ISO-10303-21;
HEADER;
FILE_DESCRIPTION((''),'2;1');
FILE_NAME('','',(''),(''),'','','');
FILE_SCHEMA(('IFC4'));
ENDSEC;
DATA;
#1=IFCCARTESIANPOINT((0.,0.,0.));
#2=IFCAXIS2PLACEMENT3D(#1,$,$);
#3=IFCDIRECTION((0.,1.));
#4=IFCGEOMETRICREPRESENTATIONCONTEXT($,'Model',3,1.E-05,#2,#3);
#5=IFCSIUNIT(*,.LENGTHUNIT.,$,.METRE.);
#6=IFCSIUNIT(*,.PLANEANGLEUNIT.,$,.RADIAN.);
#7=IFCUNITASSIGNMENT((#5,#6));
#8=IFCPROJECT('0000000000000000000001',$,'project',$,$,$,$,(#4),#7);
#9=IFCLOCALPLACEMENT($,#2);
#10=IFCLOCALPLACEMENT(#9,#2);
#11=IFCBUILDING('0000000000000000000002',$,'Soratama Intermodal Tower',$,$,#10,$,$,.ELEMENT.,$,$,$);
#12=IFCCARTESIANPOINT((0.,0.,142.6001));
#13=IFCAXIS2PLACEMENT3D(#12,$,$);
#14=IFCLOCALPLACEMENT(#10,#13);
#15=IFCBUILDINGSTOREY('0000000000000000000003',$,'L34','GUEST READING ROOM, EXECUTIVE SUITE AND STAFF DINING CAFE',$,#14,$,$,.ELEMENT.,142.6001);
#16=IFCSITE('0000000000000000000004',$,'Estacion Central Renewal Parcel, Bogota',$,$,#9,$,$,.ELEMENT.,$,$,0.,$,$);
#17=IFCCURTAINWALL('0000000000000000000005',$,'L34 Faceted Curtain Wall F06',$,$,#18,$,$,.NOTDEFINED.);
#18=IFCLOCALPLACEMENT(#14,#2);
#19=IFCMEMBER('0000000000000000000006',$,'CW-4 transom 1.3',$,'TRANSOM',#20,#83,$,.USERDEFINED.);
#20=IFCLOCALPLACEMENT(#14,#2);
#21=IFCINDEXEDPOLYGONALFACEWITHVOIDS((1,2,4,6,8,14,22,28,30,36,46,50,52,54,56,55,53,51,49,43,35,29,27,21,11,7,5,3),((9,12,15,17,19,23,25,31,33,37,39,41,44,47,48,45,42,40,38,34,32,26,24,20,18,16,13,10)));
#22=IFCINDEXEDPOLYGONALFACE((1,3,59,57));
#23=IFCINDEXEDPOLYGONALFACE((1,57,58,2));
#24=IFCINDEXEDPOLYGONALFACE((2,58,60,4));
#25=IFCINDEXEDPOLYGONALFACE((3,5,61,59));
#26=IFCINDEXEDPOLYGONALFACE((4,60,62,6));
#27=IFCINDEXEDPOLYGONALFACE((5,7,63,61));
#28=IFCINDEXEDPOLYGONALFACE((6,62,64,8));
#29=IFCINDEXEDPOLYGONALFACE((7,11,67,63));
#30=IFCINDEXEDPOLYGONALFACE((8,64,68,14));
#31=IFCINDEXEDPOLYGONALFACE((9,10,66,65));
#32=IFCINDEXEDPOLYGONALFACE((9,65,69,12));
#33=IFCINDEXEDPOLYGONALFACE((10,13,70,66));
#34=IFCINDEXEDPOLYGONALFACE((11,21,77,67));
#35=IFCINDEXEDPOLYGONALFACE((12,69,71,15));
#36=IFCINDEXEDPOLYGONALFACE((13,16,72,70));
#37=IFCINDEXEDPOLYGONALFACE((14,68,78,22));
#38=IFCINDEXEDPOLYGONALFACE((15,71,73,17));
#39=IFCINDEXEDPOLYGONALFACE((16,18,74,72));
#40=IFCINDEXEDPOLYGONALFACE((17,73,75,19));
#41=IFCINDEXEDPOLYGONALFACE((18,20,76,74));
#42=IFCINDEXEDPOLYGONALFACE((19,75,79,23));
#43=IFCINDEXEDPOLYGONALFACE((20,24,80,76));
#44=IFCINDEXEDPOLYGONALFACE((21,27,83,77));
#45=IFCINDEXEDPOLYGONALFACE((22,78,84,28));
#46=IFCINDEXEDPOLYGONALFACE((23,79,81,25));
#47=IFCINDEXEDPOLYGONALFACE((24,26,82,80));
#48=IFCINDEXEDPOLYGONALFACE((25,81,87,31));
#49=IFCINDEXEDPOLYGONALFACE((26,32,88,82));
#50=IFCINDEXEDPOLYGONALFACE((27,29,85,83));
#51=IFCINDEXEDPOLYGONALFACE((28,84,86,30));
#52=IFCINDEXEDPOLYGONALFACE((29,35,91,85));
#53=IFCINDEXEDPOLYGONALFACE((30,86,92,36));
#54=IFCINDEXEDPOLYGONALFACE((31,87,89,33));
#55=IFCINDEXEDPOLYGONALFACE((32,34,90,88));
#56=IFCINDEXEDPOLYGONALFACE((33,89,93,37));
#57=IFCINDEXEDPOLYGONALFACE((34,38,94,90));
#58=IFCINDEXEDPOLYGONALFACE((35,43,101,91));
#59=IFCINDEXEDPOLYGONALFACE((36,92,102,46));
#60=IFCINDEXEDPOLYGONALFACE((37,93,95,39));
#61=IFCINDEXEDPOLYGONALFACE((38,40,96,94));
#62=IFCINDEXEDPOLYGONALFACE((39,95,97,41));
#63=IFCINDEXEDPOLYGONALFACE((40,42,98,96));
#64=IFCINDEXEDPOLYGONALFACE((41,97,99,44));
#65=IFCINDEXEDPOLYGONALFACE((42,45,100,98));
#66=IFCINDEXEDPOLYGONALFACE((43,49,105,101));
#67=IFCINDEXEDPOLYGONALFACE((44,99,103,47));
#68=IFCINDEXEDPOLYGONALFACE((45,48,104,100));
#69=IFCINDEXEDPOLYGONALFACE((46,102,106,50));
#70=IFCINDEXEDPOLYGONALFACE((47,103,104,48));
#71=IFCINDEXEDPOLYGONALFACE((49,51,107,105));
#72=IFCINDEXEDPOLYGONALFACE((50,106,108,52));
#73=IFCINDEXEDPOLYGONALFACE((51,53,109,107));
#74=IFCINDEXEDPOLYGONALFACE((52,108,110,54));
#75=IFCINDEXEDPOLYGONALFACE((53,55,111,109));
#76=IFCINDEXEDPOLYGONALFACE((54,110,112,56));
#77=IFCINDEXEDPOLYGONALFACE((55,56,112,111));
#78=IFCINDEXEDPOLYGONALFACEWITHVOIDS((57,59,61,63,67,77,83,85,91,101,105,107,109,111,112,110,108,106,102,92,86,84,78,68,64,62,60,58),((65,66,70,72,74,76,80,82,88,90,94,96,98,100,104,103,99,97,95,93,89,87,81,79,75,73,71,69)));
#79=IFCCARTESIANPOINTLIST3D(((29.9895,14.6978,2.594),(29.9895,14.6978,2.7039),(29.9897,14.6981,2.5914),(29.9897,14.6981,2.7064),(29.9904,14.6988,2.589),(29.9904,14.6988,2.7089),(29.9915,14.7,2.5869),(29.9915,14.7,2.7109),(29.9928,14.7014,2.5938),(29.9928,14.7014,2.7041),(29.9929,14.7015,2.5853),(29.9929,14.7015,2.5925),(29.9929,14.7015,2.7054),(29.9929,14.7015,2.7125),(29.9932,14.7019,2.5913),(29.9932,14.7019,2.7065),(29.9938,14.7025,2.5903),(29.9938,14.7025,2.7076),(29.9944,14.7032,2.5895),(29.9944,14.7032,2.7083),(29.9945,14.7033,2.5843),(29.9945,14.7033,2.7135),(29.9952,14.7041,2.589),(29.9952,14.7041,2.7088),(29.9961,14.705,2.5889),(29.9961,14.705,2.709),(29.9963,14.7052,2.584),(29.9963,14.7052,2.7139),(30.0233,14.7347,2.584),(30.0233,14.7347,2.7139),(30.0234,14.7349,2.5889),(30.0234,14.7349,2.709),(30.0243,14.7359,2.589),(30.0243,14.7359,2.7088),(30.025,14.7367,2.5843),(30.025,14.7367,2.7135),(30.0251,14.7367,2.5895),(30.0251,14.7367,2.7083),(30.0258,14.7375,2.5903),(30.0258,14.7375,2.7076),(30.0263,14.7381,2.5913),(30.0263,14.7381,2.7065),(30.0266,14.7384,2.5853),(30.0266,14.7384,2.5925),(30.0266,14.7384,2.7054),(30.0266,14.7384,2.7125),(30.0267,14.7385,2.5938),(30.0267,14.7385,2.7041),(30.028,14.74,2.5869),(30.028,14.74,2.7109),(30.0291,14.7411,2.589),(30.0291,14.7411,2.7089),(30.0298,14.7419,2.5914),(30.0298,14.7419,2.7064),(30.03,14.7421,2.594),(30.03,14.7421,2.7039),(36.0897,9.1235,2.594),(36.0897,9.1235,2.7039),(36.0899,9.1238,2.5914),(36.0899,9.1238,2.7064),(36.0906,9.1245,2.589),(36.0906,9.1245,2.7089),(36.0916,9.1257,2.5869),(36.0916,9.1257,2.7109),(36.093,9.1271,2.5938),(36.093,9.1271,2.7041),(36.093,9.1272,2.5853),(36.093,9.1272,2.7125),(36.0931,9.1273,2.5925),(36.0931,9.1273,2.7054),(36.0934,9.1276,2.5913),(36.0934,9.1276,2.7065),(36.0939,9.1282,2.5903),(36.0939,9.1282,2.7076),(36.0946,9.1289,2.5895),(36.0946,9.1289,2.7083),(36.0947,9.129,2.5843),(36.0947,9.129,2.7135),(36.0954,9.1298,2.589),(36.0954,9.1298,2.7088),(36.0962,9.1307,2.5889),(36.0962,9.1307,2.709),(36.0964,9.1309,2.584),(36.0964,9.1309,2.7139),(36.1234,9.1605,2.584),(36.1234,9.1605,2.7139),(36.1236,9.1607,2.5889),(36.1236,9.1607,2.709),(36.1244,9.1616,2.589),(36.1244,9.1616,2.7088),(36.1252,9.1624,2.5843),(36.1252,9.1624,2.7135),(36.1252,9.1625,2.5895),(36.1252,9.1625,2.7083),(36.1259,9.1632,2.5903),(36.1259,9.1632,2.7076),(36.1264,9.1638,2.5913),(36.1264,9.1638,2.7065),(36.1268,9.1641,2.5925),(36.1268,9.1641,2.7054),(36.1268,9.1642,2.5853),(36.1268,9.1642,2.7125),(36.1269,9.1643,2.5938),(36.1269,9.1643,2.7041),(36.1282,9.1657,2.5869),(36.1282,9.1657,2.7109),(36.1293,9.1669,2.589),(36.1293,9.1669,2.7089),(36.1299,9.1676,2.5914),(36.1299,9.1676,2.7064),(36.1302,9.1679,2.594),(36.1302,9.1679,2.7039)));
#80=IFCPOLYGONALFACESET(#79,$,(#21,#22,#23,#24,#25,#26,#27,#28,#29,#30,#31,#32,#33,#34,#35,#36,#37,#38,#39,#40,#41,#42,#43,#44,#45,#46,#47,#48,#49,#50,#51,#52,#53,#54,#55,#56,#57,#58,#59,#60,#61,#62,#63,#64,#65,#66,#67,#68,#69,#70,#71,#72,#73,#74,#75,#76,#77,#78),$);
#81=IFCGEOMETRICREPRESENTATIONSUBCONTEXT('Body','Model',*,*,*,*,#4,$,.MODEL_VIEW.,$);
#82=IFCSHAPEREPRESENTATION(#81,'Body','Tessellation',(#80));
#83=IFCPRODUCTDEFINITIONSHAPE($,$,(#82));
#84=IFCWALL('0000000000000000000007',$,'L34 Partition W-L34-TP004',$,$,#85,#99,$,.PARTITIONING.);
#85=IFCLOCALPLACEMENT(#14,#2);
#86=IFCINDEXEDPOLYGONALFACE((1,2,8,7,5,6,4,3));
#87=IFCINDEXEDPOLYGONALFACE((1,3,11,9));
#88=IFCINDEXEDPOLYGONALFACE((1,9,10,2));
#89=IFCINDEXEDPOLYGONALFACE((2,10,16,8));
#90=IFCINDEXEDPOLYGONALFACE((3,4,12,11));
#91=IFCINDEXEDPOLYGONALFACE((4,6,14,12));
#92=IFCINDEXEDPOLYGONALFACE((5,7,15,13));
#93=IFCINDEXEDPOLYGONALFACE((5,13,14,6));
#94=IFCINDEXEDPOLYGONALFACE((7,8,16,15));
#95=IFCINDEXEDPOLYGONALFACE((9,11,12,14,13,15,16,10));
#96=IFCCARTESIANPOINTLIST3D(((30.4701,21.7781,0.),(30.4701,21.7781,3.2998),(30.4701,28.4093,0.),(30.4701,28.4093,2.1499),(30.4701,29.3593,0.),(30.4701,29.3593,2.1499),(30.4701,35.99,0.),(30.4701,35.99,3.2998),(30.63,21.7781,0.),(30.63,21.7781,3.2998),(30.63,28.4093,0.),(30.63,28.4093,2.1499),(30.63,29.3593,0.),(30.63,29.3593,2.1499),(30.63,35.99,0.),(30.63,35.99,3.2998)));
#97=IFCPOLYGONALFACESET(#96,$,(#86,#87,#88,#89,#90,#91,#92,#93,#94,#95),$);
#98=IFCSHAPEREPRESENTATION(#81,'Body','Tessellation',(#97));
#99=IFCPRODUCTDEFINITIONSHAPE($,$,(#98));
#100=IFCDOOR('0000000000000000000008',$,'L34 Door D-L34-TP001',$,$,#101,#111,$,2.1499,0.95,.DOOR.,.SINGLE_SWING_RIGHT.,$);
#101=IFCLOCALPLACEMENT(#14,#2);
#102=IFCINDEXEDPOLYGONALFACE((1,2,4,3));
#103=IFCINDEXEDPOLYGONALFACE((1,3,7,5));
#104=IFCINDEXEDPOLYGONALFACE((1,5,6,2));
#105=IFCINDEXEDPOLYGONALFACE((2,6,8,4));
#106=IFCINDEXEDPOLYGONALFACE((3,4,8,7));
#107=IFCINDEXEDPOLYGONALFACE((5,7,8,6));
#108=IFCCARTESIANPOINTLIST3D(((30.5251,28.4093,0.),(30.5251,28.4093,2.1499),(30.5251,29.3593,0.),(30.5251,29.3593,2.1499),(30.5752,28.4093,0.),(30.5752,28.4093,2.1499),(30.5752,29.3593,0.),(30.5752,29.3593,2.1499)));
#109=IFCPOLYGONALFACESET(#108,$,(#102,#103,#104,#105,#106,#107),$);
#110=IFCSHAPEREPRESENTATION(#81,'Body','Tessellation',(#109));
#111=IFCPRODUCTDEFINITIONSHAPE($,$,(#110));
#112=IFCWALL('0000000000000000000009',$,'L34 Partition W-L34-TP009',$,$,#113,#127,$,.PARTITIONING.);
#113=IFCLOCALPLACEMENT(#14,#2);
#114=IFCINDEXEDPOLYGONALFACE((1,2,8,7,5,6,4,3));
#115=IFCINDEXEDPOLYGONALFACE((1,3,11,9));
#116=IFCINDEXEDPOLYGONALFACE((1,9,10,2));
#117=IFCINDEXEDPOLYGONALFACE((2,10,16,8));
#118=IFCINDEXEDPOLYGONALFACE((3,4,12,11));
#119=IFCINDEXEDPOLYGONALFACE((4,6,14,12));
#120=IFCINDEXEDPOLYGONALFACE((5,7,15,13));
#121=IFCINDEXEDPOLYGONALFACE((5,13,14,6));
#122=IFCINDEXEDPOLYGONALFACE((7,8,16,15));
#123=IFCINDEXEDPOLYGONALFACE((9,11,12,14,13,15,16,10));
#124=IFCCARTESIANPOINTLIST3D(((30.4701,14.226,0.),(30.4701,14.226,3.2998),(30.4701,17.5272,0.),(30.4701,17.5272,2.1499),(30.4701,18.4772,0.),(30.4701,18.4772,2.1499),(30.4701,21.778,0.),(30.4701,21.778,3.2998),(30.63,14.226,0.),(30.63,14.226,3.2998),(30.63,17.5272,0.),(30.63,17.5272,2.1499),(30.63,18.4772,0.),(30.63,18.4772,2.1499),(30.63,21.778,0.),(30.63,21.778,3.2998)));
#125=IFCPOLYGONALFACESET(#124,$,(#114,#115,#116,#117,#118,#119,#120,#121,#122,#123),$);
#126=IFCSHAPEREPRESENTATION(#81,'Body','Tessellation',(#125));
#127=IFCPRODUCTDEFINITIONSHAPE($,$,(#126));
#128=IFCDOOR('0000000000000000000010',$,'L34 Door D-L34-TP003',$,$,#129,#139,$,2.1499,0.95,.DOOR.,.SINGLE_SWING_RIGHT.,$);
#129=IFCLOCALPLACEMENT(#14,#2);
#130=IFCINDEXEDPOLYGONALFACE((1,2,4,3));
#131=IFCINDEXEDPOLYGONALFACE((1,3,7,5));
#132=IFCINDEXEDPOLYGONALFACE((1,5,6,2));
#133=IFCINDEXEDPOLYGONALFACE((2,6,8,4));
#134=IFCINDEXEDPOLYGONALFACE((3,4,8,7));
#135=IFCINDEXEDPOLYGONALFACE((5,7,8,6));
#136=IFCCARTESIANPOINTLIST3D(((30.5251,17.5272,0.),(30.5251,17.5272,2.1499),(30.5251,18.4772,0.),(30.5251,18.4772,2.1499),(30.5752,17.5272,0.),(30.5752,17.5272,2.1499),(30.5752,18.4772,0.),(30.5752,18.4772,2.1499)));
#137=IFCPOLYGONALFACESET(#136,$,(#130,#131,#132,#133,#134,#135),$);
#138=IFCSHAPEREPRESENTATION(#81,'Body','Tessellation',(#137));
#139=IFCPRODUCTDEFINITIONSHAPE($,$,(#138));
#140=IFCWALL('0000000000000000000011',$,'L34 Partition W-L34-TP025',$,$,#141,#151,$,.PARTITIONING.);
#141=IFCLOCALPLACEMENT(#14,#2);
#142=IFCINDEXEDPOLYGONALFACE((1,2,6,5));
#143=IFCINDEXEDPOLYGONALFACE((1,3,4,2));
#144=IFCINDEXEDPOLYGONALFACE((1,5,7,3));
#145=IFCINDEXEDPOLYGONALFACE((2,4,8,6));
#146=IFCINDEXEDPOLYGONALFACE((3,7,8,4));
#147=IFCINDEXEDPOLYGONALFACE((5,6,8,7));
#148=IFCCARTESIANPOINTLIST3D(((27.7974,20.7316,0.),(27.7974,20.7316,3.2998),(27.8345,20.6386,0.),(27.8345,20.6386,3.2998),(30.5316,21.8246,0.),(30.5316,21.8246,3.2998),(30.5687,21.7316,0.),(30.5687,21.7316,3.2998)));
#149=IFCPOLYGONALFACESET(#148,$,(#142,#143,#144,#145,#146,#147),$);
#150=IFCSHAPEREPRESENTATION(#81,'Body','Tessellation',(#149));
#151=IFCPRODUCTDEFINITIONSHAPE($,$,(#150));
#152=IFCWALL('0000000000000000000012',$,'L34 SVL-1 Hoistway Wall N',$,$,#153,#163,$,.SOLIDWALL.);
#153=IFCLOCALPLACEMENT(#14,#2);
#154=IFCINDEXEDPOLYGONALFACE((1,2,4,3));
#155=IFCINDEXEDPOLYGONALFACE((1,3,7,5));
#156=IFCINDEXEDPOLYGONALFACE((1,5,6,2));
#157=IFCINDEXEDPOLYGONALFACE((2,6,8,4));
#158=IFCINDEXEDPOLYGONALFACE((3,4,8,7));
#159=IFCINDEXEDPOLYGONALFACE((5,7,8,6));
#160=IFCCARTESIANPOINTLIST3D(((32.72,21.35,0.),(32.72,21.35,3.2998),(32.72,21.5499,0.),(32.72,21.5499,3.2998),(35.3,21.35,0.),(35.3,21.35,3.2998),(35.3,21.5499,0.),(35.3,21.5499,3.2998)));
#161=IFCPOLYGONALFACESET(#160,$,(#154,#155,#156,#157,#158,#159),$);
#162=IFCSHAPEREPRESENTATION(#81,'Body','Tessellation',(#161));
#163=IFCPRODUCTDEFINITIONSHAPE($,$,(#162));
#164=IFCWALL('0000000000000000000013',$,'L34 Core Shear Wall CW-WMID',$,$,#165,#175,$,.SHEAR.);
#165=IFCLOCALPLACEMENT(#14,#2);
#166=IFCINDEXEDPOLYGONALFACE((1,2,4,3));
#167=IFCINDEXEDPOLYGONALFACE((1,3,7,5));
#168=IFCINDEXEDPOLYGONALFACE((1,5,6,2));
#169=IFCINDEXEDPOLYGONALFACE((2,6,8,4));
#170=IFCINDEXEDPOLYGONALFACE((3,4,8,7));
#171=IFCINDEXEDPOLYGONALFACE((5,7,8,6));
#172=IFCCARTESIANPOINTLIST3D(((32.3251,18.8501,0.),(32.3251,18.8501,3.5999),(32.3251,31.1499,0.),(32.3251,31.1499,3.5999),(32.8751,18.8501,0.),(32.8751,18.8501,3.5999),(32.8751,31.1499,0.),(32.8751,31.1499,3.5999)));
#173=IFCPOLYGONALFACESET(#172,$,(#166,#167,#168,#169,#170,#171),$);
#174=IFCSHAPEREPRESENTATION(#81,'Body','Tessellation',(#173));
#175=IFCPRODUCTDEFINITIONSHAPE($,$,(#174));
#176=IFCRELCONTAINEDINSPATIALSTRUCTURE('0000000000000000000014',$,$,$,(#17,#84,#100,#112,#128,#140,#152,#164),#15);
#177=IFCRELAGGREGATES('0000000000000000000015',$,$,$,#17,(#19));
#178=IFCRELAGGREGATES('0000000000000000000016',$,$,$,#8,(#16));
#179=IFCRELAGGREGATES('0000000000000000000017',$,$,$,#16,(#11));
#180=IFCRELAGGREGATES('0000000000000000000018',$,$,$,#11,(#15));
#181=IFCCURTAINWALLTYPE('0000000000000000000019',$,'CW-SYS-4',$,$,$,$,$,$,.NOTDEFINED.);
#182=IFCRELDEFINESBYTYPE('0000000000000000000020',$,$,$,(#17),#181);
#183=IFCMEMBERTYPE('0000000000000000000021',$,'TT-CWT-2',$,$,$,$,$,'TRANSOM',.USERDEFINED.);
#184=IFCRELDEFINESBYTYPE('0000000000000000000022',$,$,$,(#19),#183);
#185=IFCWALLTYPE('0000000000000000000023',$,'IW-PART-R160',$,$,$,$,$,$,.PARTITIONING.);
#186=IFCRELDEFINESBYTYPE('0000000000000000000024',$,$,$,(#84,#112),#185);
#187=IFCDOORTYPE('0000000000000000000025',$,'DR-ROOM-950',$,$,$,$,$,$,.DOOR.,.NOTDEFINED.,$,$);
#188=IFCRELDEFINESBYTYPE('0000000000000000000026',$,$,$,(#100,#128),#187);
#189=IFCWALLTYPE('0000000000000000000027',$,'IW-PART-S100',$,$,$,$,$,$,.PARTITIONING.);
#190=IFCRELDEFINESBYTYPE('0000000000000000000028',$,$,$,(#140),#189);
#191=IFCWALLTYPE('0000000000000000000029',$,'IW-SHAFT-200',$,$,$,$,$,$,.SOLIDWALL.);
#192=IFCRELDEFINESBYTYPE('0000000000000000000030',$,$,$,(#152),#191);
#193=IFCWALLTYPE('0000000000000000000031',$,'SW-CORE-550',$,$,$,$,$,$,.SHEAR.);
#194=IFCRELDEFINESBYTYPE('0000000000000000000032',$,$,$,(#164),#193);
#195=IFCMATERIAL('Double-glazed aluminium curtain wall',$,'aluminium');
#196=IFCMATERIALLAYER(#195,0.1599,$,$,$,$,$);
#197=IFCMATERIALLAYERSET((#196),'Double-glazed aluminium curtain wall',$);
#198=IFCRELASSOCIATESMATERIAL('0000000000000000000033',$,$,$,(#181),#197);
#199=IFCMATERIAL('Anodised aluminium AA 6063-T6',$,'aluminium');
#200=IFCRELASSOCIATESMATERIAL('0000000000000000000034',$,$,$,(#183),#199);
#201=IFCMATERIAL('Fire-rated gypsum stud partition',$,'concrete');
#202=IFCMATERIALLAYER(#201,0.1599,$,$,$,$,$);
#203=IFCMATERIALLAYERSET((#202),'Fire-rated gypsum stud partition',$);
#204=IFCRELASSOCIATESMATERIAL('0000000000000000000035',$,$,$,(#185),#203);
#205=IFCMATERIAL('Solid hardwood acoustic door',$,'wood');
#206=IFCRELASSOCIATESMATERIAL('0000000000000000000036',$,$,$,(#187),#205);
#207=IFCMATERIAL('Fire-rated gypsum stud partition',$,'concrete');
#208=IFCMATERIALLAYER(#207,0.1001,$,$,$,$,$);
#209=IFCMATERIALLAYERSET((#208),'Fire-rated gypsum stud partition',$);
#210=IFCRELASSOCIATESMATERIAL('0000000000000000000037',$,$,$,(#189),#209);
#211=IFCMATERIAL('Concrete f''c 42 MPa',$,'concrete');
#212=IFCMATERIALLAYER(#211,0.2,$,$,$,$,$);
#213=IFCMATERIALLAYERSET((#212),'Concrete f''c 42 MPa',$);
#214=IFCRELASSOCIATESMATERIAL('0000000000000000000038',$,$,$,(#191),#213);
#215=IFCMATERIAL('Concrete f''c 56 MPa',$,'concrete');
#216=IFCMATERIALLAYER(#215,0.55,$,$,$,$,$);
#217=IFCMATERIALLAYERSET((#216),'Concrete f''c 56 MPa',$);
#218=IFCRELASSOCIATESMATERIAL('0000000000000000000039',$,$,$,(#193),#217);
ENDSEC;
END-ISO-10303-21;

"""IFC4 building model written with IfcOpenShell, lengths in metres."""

from ifc_helpers import new_model, si_unit, direction, frame, frame_2d, origin, origin_2d, place, context, subcontext, project, spatial, rectangle, hollow_rectangle, extrude, material, layer, layer_set, material_profile, profile_set, type_object, element, fill, aggregate, save


model = new_model("IFC4")

# Units and contexts
model_context = context("Model", 3, precision=1e-05, world=origin(), true_north=direction((0.0, 1.0)))
body_context = subcontext(model_context, "Body", "Model", "MODEL_VIEW")
ifc_project = project(units=[si_unit("LENGTHUNIT", "METRE"), si_unit("PLANEANGLEUNIT", "RADIAN")], contexts=[model_context])

# Site, building, storey
site_placement = place(None, origin())
site = spatial("IfcSite", under=ifc_project, at=site_placement, Name="Estacion Central Renewal Parcel, Bogota", CompositionType="ELEMENT", RefElevation=0.0)
building_placement = place(site_placement, origin())
building = spatial("IfcBuilding", under=site, at=building_placement, Name="Soratama Intermodal Tower", CompositionType="ELEMENT")
storey_placement = place(building_placement, frame((0.0, 0.0, 142.6001)))
storey = spatial("IfcBuildingStorey", under=building, at=storey_placement, Name="L34", Description="GUEST READING ROOM, EXECUTIVE SUITE AND STAFF DINING CAFE", CompositionType="ELEMENT", Elevation=142.6001)

# Curtain wall, member
ifc_material_1 = material(Name="Double-glazed aluminium curtain wall", Category="aluminium")
ifc_layer_1 = layer(ifc_material_1, 0.1599)
ifc_layer_set_1 = layer_set([ifc_layer_1], Name="Double-glazed aluminium curtain wall")
curtain_wall_type = type_object("IfcCurtainWallType", Name="CW-SYS-4", PredefinedType="NOTDEFINED", material=ifc_layer_set_1)
curtain_wall_placement = place(storey_placement, origin())
curtain_wall = element("IfcCurtainWall", 1, at=curtain_wall_placement, inside=storey, type_object=curtain_wall_type, Name="L34 Faceted Curtain Wall F06", PredefinedType="NOTDEFINED")
ifc_material_2 = material(Name="Anodised aluminium AA 6063-T6", Category="aluminium")
ifc_material_profile_1 = material_profile(ifc_material_2, hollow_rectangle(XDim=0.0601, YDim=0.1299, WallThickness=0.0049, InnerFilletRadius=0.0049, OuterFilletRadius=0.01, at=origin_2d()), Name="CWT130X60X5")
ifc_profile_set_1 = profile_set([ifc_material_profile_1], Name="Anodised aluminium AA 6063-T6")
member_type = type_object("IfcMemberType", Name="TT-CWT-2", ElementType="TRANSOM", PredefinedType="USERDEFINED", material=ifc_profile_set_1)
member_1_placement = place(storey_placement, frame((30.0098, 14.72, 2.6489), z_axis=(0.73821, -0.674571, 0.0), x_axis=(0.674571, 0.73821, 0.0)))
member_1 = element("IfcMember", 2, at=member_1_placement, type_object=member_type, Name="CW-4 transom 1.3", ObjectType="TRANSOM", PredefinedType="USERDEFINED", context=body_context, shape_type="SweptSolid", body=[
    extrude(hollow_rectangle(XDim=0.0601, YDim=0.1299, WallThickness=0.0049, InnerFilletRadius=0.0049, OuterFilletRadius=0.01, at=origin_2d()), origin(), (0.0, 0.0, 1.0), 8.2634),
])
aggregate(curtain_wall, [member_1])

# Walls, openings, doors
ifc_material_3 = material(Name="Fire-rated gypsum stud partition", Category="concrete")
ifc_layer_2 = layer(ifc_material_3, 0.1599)
ifc_layer_set_2 = layer_set([ifc_layer_2], Name="Fire-rated gypsum stud partition")
wall_type_1 = type_object("IfcWallType", Name="IW-PART-R160", PredefinedType="PARTITIONING", material=ifc_layer_set_2)
wall_1_placement = place(storey_placement, frame((30.55, 21.7781, 0.0), z_axis=(0.0, 0.0, 1.0), x_axis=(0.0, 1.0, 0.0)))
wall_1 = element("IfcWall", 3, at=wall_1_placement, inside=storey, type_object=wall_type_1, Name="L34 Partition W-L34-TP004", PredefinedType="PARTITIONING", context=body_context, shape_type="SweptSolid", body=[
    extrude(rectangle(XDim=14.2119, YDim=0.1599, at=frame_2d((7.106, 0.0))), origin(), (0.0, 0.0, 1.0), 3.2998),
])
opening_1_placement = place(wall_1_placement, frame((6.6311, 0.0, 0.0)))
opening_1 = element("IfcOpeningElement", 4, at=opening_1_placement, cuts=wall_1, PredefinedType="OPENING", context=body_context, shape_type="SweptSolid", body=[
    extrude(rectangle(XDim=0.95, YDim=2.1499, at=frame_2d((0.4751, 1.075))), frame((0.0, 0.0898, 0.0), z_axis=(0.0, -1.0, 0.0), x_axis=(1.0, 0.0, 0.0)), (0.0, 0.0, 1.0), 0.1799),
])
ifc_material_4 = material(Name="Solid hardwood acoustic door", Category="wood")
door_type = type_object("IfcDoorType", Name="DR-ROOM-950", OperationType="NOTDEFINED", PredefinedType="DOOR", material=ifc_material_4)
door_1_placement = place(opening_1_placement, origin())
door_1 = element("IfcDoor", 5, at=door_1_placement, inside=storey, type_object=door_type, Name="L34 Door D-L34-TP001", OperationType="SINGLE_SWING_RIGHT", OverallHeight=2.1499, OverallWidth=0.95, PredefinedType="DOOR", context=body_context, shape_type="SweptSolid", body=[
    extrude(rectangle(XDim=0.95, YDim=2.1499, at=frame_2d((0.4751, 1.075))), frame((0.0, 0.0249, 0.0), z_axis=(0.0, -1.0, 0.0), x_axis=(1.0, 0.0, 0.0)), (0.0, 0.0, 1.0), 0.05),
])
fill(opening_1, door_1)
wall_2_placement = place(storey_placement, frame((30.55, 14.2261, 0.0), z_axis=(0.0, 0.0, 1.0), x_axis=(0.0, 1.0, 0.0)))
wall_2 = element("IfcWall", 6, at=wall_2_placement, inside=storey, type_object=wall_type_1, Name="L34 Partition W-L34-TP009", PredefinedType="PARTITIONING", context=body_context, shape_type="SweptSolid", body=[
    extrude(rectangle(XDim=7.552, YDim=0.1599, at=frame_2d((3.7759, 0.0))), origin(), (0.0, 0.0, 1.0), 3.2998),
])
opening_2_placement = place(wall_2_placement, frame((3.301, 0.0, 0.0)))
opening_2 = element("IfcOpeningElement", 7, at=opening_2_placement, cuts=wall_2, PredefinedType="OPENING", context=body_context, shape_type="SweptSolid", body=[
    extrude(rectangle(XDim=0.95, YDim=2.1499, at=frame_2d((0.4751, 1.075))), frame((0.0, 0.0898, 0.0), z_axis=(0.0, -1.0, 0.0), x_axis=(1.0, 0.0, 0.0)), (0.0, 0.0, 1.0), 0.1799),
])
door_2_placement = place(opening_2_placement, origin())
door_2 = element("IfcDoor", 8, at=door_2_placement, inside=storey, type_object=door_type, Name="L34 Door D-L34-TP003", OperationType="SINGLE_SWING_RIGHT", OverallHeight=2.1499, OverallWidth=0.95, PredefinedType="DOOR", context=body_context, shape_type="SweptSolid", body=[
    extrude(rectangle(XDim=0.95, YDim=2.1499, at=frame_2d((0.4751, 1.075))), frame((0.0, 0.0249, 0.0), z_axis=(0.0, -1.0, 0.0), x_axis=(1.0, 0.0, 0.0)), (0.0, 0.0, 1.0), 0.05),
])
fill(opening_2, door_2)

# Walls
ifc_material_5 = material(Name="Fire-rated gypsum stud partition", Category="concrete")
ifc_layer_3 = layer(ifc_material_5, 0.1001)
ifc_layer_set_3 = layer_set([ifc_layer_3], Name="Fire-rated gypsum stud partition")
wall_type_2 = type_object("IfcWallType", Name="IW-PART-S100", PredefinedType="PARTITIONING", material=ifc_layer_set_3)
wall_3_placement = place(storey_placement, frame((30.55, 21.7781, 0.0), z_axis=(0.0, 0.0, 1.0), x_axis=(-0.928551, -0.371205, 0.0)))
element("IfcWall", 9, at=wall_3_placement, inside=storey, type_object=wall_type_2, Name="L34 Partition W-L34-TP025", PredefinedType="PARTITIONING", context=body_context, shape_type="SweptSolid", body=[
    extrude(rectangle(XDim=2.9446, YDim=0.1001, at=frame_2d((1.4722, 0.0))), origin(), (0.0, 0.0, 1.0), 3.2998),
])
ifc_material_6 = material(Name="Concrete f'c 42 MPa", Category="concrete")
ifc_layer_4 = layer(ifc_material_6, 0.2)
ifc_layer_set_4 = layer_set([ifc_layer_4], Name="Concrete f'c 42 MPa")
wall_type_3 = type_object("IfcWallType", Name="IW-SHAFT-200", PredefinedType="SOLIDWALL", material=ifc_layer_set_4)
wall_4_placement = place(storey_placement, frame((32.72, 21.45, 0.0), z_axis=(0.0, 0.0, 1.0), x_axis=(1.0, 0.0, 0.0)))
element("IfcWall", 10, at=wall_4_placement, inside=storey, type_object=wall_type_3, Name="L34 SVL-1 Hoistway Wall N", PredefinedType="SOLIDWALL", context=body_context, shape_type="SweptSolid", body=[
    extrude(rectangle(XDim=2.5801, YDim=0.2, at=frame_2d((1.29, 0.0))), origin(), (0.0, 0.0, 1.0), 3.2998),
])
ifc_material_7 = material(Name="Concrete f'c 56 MPa", Category="concrete")
ifc_layer_5 = layer(ifc_material_7, 0.55)
ifc_layer_set_5 = layer_set([ifc_layer_5], Name="Concrete f'c 56 MPa")
wall_type_4 = type_object("IfcWallType", Name="SW-CORE-550", PredefinedType="SHEAR", material=ifc_layer_set_5)
wall_5_placement = place(storey_placement, frame((32.6001, 18.8501, 0.0), z_axis=(0.0, 0.0, 1.0), x_axis=(0.0, 1.0, 0.0)))
element("IfcWall", 11, at=wall_5_placement, inside=storey, type_object=wall_type_4, Name="L34 Core Shear Wall CW-WMID", PredefinedType="SHEAR", context=body_context, shape_type="SweptSolid", body=[
    extrude(rectangle(XDim=12.2998, YDim=0.55, at=frame_2d((6.1499, 0.0))), origin(), (0.0, 0.0, 1.0), 3.5999),
])

save(model, "model.ifc")
